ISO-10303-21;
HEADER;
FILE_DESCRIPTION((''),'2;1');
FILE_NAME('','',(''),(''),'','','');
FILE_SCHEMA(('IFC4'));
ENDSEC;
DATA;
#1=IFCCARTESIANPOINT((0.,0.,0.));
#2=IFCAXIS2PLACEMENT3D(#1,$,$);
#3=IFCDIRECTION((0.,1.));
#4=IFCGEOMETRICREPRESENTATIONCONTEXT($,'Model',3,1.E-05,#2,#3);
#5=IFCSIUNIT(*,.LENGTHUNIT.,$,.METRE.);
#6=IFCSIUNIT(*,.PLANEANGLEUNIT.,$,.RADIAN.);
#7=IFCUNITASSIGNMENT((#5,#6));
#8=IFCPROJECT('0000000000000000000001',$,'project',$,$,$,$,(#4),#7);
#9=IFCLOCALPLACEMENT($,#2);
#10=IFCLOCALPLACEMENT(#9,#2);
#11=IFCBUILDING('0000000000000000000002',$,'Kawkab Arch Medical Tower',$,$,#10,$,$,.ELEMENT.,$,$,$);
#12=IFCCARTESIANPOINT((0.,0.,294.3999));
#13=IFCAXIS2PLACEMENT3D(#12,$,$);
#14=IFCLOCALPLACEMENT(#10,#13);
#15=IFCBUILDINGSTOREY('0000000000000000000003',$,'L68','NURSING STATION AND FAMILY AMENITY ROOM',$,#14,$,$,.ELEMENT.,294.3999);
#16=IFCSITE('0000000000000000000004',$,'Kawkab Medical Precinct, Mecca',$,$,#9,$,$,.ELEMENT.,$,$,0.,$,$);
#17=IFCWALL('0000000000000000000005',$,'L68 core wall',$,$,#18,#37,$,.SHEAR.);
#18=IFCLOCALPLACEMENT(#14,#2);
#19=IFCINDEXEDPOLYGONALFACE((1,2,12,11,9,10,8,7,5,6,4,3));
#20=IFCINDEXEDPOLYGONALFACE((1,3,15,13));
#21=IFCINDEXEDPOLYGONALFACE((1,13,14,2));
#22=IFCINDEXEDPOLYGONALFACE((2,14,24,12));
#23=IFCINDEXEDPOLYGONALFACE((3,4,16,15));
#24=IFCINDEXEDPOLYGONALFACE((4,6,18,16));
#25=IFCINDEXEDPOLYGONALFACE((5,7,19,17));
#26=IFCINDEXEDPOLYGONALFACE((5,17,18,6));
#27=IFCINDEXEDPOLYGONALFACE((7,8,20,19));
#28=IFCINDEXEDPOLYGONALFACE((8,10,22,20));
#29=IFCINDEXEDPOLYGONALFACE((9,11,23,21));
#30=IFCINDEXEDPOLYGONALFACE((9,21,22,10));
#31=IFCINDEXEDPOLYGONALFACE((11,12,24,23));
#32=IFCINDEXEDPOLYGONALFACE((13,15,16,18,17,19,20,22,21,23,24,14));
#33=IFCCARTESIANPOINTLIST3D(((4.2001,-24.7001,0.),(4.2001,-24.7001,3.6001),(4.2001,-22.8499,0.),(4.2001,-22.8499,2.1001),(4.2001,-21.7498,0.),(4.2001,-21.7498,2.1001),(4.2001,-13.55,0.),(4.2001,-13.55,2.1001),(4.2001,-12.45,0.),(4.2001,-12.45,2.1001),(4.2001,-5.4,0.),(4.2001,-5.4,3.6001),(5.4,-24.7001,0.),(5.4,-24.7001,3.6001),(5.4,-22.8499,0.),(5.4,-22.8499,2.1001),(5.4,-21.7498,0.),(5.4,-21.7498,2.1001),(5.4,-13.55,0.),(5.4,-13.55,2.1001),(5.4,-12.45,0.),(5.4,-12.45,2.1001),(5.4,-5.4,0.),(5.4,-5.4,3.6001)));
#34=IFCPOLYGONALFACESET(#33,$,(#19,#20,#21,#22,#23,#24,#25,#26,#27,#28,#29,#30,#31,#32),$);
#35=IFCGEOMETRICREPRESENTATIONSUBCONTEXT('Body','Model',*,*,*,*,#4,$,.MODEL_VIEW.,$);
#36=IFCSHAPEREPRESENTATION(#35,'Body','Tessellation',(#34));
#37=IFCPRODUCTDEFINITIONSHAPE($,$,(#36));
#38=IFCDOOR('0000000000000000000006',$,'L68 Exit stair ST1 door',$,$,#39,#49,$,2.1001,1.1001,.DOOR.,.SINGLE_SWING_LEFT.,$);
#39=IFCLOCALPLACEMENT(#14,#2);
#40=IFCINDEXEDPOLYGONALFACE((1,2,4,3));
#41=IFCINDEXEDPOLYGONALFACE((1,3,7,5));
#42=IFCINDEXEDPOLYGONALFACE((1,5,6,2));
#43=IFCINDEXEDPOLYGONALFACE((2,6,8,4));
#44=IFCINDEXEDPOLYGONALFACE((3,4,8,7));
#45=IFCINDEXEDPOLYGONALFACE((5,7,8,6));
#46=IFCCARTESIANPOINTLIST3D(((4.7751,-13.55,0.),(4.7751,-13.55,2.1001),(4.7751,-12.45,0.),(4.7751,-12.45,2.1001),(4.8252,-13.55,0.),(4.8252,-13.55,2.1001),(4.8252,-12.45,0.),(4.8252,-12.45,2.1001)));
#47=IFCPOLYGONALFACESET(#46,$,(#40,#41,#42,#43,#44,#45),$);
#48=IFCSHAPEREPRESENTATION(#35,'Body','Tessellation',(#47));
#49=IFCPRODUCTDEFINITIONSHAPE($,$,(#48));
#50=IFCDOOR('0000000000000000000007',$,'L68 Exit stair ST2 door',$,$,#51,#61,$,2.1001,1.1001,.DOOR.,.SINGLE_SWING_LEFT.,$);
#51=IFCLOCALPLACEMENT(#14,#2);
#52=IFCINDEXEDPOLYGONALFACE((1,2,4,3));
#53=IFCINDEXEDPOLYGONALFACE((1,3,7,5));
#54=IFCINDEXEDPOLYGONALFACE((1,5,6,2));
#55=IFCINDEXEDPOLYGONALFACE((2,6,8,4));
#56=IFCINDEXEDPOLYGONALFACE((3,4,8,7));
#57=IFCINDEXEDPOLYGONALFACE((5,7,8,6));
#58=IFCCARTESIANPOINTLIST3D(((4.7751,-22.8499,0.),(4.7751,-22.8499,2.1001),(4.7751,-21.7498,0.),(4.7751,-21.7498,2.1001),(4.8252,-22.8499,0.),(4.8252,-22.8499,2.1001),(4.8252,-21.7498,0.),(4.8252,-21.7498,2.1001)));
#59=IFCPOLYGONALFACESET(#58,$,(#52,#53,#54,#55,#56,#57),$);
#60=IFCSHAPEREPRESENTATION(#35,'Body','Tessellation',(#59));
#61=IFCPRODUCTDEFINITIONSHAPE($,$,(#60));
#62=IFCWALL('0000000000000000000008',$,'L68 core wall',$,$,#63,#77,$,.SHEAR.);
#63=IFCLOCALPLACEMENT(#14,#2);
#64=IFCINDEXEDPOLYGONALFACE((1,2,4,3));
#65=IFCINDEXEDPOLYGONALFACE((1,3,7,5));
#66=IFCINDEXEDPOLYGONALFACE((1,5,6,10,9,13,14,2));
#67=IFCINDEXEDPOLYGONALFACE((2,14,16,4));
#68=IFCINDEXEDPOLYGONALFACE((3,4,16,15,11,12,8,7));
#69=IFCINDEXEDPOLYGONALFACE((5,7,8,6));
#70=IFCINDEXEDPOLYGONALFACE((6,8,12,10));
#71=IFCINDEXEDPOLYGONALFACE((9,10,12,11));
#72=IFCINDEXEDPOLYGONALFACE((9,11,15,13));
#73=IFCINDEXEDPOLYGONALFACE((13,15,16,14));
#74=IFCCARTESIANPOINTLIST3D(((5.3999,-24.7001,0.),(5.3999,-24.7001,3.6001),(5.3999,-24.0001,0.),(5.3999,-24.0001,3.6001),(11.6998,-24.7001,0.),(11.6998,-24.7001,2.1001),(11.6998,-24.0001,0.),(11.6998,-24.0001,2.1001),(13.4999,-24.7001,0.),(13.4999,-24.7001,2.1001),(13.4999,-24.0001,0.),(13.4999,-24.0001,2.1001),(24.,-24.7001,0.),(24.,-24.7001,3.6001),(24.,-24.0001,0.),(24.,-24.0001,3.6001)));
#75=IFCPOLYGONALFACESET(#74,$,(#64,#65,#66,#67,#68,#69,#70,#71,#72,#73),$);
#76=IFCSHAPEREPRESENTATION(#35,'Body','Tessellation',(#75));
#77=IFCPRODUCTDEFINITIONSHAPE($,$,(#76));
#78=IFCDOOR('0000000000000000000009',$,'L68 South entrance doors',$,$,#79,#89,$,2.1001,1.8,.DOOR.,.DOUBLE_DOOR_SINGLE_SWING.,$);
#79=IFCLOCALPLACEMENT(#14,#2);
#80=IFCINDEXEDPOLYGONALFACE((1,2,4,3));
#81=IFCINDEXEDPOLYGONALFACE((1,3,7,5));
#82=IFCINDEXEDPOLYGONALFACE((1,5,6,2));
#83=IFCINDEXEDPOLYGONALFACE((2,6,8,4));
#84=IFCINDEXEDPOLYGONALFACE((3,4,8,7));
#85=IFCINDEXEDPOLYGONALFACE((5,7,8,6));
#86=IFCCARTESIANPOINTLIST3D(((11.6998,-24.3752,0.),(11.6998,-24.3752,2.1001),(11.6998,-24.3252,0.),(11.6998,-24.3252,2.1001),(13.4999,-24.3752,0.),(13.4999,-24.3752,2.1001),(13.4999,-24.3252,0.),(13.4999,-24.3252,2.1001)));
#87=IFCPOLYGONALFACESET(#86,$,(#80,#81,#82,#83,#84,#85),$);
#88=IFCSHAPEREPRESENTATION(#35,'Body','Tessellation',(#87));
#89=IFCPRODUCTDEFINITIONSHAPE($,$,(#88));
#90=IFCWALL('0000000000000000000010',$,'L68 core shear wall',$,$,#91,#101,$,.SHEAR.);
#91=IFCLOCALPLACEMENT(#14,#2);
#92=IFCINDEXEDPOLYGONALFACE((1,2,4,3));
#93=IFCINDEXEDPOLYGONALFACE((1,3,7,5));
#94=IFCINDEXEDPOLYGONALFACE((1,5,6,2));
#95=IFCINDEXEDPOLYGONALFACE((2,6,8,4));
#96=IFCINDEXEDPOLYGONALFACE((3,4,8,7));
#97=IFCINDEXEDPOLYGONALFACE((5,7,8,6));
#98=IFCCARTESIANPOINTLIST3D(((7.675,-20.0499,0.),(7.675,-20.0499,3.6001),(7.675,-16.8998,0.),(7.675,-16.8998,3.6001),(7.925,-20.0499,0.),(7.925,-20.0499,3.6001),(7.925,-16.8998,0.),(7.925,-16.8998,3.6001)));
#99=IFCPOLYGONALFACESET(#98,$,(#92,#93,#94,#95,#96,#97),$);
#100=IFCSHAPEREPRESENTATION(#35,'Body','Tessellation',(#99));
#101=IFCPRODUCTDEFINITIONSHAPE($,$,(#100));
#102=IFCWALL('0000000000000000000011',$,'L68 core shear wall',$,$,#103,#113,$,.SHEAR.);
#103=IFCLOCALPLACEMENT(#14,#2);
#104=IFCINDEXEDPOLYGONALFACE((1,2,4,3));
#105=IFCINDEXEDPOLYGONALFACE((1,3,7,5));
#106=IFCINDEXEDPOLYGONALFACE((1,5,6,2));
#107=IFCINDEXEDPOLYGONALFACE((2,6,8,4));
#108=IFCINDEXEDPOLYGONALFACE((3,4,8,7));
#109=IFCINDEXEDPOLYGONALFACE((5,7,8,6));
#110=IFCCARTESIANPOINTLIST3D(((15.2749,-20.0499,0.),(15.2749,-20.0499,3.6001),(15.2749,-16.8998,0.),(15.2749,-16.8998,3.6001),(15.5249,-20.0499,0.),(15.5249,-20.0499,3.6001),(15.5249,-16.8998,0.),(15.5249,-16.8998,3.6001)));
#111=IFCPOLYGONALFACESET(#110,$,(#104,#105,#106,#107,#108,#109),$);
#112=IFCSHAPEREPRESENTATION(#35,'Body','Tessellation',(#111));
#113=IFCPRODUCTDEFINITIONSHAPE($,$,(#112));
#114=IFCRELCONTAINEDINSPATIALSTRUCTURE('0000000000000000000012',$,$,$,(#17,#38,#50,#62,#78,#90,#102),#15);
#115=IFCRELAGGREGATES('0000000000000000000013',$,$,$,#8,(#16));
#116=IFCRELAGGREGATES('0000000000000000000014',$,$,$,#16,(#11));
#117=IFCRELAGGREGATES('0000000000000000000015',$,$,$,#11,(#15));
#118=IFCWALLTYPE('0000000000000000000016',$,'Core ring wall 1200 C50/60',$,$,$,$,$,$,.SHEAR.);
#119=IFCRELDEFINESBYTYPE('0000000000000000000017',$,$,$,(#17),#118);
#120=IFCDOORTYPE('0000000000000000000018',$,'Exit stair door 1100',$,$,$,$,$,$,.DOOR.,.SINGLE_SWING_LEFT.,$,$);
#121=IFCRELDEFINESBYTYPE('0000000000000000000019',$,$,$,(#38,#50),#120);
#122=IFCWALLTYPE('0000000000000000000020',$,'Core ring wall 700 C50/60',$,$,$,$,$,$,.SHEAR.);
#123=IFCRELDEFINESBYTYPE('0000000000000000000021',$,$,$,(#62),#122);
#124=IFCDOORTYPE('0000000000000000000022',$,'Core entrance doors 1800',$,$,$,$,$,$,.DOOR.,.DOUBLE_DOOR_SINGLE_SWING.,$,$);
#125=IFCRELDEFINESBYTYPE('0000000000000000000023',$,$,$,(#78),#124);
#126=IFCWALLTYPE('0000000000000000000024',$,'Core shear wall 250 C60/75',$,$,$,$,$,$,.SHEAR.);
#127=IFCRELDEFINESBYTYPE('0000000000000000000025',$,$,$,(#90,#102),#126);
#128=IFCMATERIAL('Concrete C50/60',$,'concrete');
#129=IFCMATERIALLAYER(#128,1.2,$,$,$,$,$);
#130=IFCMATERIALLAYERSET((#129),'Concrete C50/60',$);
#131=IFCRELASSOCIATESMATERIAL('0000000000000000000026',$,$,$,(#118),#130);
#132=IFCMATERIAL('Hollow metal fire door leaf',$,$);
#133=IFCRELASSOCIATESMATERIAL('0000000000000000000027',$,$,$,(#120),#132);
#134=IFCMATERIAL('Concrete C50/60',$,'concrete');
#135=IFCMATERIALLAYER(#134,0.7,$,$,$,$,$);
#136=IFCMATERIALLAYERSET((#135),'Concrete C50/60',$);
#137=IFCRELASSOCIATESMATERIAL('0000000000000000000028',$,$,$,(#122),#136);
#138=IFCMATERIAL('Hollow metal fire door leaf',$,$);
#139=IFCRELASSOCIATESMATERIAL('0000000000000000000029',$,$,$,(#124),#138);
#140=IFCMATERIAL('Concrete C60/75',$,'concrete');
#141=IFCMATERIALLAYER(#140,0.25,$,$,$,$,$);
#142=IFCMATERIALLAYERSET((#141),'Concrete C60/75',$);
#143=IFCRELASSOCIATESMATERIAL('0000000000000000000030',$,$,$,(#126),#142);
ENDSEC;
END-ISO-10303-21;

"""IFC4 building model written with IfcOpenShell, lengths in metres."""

from ifc_helpers import new_model, si_unit, direction, frame, frame_2d, origin, place, context, subcontext, project, spatial, rectangle, extrude, material, layer, layer_set, type_object, element, fill, save


model = new_model("IFC4")

# Units and contexts
model_context = context("Model", 3, precision=1e-05, world=origin(), true_north=direction((0.0, 1.0)))
body_context = subcontext(model_context, "Body", "Model", "MODEL_VIEW")
ifc_project = project(units=[si_unit("LENGTHUNIT", "METRE"), si_unit("PLANEANGLEUNIT", "RADIAN")], contexts=[model_context])

# Site, building, storey
site_placement = place(None, origin())
site = spatial("IfcSite", under=ifc_project, at=site_placement, Name="Kawkab Medical Precinct, Mecca", CompositionType="ELEMENT", RefElevation=0.0)
building_placement = place(site_placement, origin())
building = spatial("IfcBuilding", under=site, at=building_placement, Name="Kawkab Arch Medical Tower", CompositionType="ELEMENT")
storey_placement = place(building_placement, frame((0.0, 0.0, 294.3999)))
storey = spatial("IfcBuildingStorey", under=building, at=storey_placement, Name="L68", Description="NURSING STATION AND FAMILY AMENITY ROOM", CompositionType="ELEMENT", Elevation=294.3999)

# Wall, openings, doors
ifc_material_1 = material(Name="Concrete C50/60", Category="concrete")
ifc_layer_1 = layer(ifc_material_1, 1.2)
ifc_layer_set_1 = layer_set([ifc_layer_1], Name="Concrete C50/60")
wall_type_1 = type_object("IfcWallType", Name="Core ring wall 1200 C50/60", PredefinedType="SHEAR", material=ifc_layer_set_1)
wall_1_placement = place(storey_placement, frame((4.8, -24.7, 0.0), z_axis=(0.0, 0.0, 1.0), x_axis=(0.0, 1.0, 0.0)))
wall_1 = element("IfcWall", 1, at=wall_1_placement, inside=storey, type_object=wall_type_1, Name="L68 core wall", PredefinedType="SHEAR", context=body_context, shape_type="SweptSolid", body=[
    extrude(rectangle(XDim=19.3, YDim=1.2, at=frame_2d((9.6499, 0.0))), origin(), (0.0, 0.0, 1.0), 3.6001),
])
opening_1_placement = place(wall_1_placement, frame((11.1499, 0.0, 0.0)))
opening_1 = element("IfcOpeningElement", 2, at=opening_1_placement, cuts=wall_1, PredefinedType="OPENING", context=body_context, shape_type="SweptSolid", body=[
    extrude(rectangle(XDim=1.1001, YDim=2.1001, at=frame_2d((0.55, 1.05))), frame((0.0, 0.6099, 0.0), z_axis=(0.0, -1.0, 0.0), x_axis=(1.0, 0.0, 0.0)), (0.0, 0.0, 1.0), 1.22),
])
opening_2_placement = place(wall_1_placement, frame((1.8501, 0.0, 0.0)))
opening_2 = element("IfcOpeningElement", 3, at=opening_2_placement, cuts=wall_1, PredefinedType="OPENING", context=body_context, shape_type="SweptSolid", body=[
    extrude(rectangle(XDim=1.1001, YDim=2.1001, at=frame_2d((0.55, 1.05))), frame((0.0, 0.6099, 0.0), z_axis=(0.0, -1.0, 0.0), x_axis=(1.0, 0.0, 0.0)), (0.0, 0.0, 1.0), 1.22),
])
ifc_material_2 = material(Name="Hollow metal fire door leaf")
door_type_1 = type_object("IfcDoorType", Name="Exit stair door 1100", OperationType="SINGLE_SWING_LEFT", PredefinedType="DOOR", material=ifc_material_2)
door_1_placement = place(opening_1_placement, origin())
door_1 = element("IfcDoor", 4, at=door_1_placement, inside=storey, type_object=door_type_1, Name="L68 Exit stair ST1 door", OperationType="SINGLE_SWING_LEFT", OverallHeight=2.1001, OverallWidth=1.1001, PredefinedType="DOOR", context=body_context, shape_type="SweptSolid", body=[
    extrude(rectangle(XDim=1.1001, YDim=2.1001, at=frame_2d((0.55, 1.05))), frame((0.0, 0.0249, 0.0), z_axis=(0.0, -1.0, 0.0), x_axis=(1.0, 0.0, 0.0)), (0.0, 0.0, 1.0), 0.05),
])
fill(opening_1, door_1)
door_2_placement = place(opening_2_placement, origin())
door_2 = element("IfcDoor", 5, at=door_2_placement, inside=storey, type_object=door_type_1, Name="L68 Exit stair ST2 door", OperationType="SINGLE_SWING_LEFT", OverallHeight=2.1001, OverallWidth=1.1001, PredefinedType="DOOR", context=body_context, shape_type="SweptSolid", body=[
    extrude(rectangle(XDim=1.1001, YDim=2.1001, at=frame_2d((0.55, 1.05))), frame((0.0, 0.0249, 0.0), z_axis=(0.0, -1.0, 0.0), x_axis=(1.0, 0.0, 0.0)), (0.0, 0.0, 1.0), 0.05),
])
fill(opening_2, door_2)

# Wall, opening, door
ifc_material_3 = material(Name="Concrete C50/60", Category="concrete")
ifc_layer_2 = layer(ifc_material_3, 0.7)
ifc_layer_set_2 = layer_set([ifc_layer_2], Name="Concrete C50/60")
wall_type_2 = type_object("IfcWallType", Name="Core ring wall 700 C50/60", PredefinedType="SHEAR", material=ifc_layer_set_2)
wall_2_placement = place(storey_placement, frame((5.3999, -24.3501, 0.0), z_axis=(0.0, 0.0, 1.0), x_axis=(1.0, 0.0, 0.0)))
wall_2 = element("IfcWall", 6, at=wall_2_placement, inside=storey, type_object=wall_type_2, Name="L68 core wall", PredefinedType="SHEAR", context=body_context, shape_type="SweptSolid", body=[
    extrude(rectangle(XDim=18.6001, YDim=0.7, at=frame_2d((9.3, 0.0))), origin(), (0.0, 0.0, 1.0), 3.6001),
])
opening_3_placement = place(wall_2_placement, frame((6.3, 0.0, 0.0)))
opening_3 = element("IfcOpeningElement", 7, at=opening_3_placement, cuts=wall_2, PredefinedType="OPENING", context=body_context, shape_type="SweptSolid", body=[
    extrude(rectangle(XDim=1.8, YDim=2.1001, at=frame_2d((0.8999, 1.05))), frame((0.0, 0.3599, 0.0), z_axis=(0.0, -1.0, 0.0), x_axis=(1.0, 0.0, 0.0)), (0.0, 0.0, 1.0), 0.72),
])
ifc_material_4 = material(Name="Hollow metal fire door leaf")
door_type_2 = type_object("IfcDoorType", Name="Core entrance doors 1800", OperationType="DOUBLE_DOOR_SINGLE_SWING", PredefinedType="DOOR", material=ifc_material_4)
door_3_placement = place(opening_3_placement, origin())
door_3 = element("IfcDoor", 8, at=door_3_placement, inside=storey, type_object=door_type_2, Name="L68 South entrance doors", OperationType="DOUBLE_DOOR_SINGLE_SWING", OverallHeight=2.1001, OverallWidth=1.8, PredefinedType="DOOR", context=body_context, shape_type="SweptSolid", body=[
    extrude(rectangle(XDim=1.8, YDim=2.1001, at=frame_2d((0.8999, 1.05))), frame((0.0, 0.0249, 0.0), z_axis=(0.0, -1.0, 0.0), x_axis=(1.0, 0.0, 0.0)), (0.0, 0.0, 1.0), 0.05),
])
fill(opening_3, door_3)

# Walls
ifc_material_5 = material(Name="Concrete C60/75", Category="concrete")
ifc_layer_3 = layer(ifc_material_5, 0.25)
ifc_layer_set_3 = layer_set([ifc_layer_3], Name="Concrete C60/75")
wall_type_3 = type_object("IfcWallType", Name="Core shear wall 250 C60/75", PredefinedType="SHEAR", material=ifc_layer_set_3)
for number, where, z_axis, x_axis, name in (
    (9, (7.8, -20.05, 0.0), (0.0, 0.0, 1.0), (0.0, 1.0, 0.0), "L68 core shear wall"),
    (10, (15.3999, -20.05, 0.0), (0.0, 0.0, 1.0), (0.0, 1.0, 0.0), "L68 core shear wall"),
):
    element("IfcWall", number, at=place(storey_placement, frame(where, z_axis=z_axis, x_axis=x_axis)), inside=storey, type_object=wall_type_3, Name=name, PredefinedType="SHEAR", context=body_context, shape_type="SweptSolid", body=[
        extrude(rectangle(XDim=3.1501, YDim=0.25, at=frame_2d((1.5752, 0.0))), origin(), (0.0, 0.0, 1.0), 3.6001),
    ])

save(model, "model.ifc")
